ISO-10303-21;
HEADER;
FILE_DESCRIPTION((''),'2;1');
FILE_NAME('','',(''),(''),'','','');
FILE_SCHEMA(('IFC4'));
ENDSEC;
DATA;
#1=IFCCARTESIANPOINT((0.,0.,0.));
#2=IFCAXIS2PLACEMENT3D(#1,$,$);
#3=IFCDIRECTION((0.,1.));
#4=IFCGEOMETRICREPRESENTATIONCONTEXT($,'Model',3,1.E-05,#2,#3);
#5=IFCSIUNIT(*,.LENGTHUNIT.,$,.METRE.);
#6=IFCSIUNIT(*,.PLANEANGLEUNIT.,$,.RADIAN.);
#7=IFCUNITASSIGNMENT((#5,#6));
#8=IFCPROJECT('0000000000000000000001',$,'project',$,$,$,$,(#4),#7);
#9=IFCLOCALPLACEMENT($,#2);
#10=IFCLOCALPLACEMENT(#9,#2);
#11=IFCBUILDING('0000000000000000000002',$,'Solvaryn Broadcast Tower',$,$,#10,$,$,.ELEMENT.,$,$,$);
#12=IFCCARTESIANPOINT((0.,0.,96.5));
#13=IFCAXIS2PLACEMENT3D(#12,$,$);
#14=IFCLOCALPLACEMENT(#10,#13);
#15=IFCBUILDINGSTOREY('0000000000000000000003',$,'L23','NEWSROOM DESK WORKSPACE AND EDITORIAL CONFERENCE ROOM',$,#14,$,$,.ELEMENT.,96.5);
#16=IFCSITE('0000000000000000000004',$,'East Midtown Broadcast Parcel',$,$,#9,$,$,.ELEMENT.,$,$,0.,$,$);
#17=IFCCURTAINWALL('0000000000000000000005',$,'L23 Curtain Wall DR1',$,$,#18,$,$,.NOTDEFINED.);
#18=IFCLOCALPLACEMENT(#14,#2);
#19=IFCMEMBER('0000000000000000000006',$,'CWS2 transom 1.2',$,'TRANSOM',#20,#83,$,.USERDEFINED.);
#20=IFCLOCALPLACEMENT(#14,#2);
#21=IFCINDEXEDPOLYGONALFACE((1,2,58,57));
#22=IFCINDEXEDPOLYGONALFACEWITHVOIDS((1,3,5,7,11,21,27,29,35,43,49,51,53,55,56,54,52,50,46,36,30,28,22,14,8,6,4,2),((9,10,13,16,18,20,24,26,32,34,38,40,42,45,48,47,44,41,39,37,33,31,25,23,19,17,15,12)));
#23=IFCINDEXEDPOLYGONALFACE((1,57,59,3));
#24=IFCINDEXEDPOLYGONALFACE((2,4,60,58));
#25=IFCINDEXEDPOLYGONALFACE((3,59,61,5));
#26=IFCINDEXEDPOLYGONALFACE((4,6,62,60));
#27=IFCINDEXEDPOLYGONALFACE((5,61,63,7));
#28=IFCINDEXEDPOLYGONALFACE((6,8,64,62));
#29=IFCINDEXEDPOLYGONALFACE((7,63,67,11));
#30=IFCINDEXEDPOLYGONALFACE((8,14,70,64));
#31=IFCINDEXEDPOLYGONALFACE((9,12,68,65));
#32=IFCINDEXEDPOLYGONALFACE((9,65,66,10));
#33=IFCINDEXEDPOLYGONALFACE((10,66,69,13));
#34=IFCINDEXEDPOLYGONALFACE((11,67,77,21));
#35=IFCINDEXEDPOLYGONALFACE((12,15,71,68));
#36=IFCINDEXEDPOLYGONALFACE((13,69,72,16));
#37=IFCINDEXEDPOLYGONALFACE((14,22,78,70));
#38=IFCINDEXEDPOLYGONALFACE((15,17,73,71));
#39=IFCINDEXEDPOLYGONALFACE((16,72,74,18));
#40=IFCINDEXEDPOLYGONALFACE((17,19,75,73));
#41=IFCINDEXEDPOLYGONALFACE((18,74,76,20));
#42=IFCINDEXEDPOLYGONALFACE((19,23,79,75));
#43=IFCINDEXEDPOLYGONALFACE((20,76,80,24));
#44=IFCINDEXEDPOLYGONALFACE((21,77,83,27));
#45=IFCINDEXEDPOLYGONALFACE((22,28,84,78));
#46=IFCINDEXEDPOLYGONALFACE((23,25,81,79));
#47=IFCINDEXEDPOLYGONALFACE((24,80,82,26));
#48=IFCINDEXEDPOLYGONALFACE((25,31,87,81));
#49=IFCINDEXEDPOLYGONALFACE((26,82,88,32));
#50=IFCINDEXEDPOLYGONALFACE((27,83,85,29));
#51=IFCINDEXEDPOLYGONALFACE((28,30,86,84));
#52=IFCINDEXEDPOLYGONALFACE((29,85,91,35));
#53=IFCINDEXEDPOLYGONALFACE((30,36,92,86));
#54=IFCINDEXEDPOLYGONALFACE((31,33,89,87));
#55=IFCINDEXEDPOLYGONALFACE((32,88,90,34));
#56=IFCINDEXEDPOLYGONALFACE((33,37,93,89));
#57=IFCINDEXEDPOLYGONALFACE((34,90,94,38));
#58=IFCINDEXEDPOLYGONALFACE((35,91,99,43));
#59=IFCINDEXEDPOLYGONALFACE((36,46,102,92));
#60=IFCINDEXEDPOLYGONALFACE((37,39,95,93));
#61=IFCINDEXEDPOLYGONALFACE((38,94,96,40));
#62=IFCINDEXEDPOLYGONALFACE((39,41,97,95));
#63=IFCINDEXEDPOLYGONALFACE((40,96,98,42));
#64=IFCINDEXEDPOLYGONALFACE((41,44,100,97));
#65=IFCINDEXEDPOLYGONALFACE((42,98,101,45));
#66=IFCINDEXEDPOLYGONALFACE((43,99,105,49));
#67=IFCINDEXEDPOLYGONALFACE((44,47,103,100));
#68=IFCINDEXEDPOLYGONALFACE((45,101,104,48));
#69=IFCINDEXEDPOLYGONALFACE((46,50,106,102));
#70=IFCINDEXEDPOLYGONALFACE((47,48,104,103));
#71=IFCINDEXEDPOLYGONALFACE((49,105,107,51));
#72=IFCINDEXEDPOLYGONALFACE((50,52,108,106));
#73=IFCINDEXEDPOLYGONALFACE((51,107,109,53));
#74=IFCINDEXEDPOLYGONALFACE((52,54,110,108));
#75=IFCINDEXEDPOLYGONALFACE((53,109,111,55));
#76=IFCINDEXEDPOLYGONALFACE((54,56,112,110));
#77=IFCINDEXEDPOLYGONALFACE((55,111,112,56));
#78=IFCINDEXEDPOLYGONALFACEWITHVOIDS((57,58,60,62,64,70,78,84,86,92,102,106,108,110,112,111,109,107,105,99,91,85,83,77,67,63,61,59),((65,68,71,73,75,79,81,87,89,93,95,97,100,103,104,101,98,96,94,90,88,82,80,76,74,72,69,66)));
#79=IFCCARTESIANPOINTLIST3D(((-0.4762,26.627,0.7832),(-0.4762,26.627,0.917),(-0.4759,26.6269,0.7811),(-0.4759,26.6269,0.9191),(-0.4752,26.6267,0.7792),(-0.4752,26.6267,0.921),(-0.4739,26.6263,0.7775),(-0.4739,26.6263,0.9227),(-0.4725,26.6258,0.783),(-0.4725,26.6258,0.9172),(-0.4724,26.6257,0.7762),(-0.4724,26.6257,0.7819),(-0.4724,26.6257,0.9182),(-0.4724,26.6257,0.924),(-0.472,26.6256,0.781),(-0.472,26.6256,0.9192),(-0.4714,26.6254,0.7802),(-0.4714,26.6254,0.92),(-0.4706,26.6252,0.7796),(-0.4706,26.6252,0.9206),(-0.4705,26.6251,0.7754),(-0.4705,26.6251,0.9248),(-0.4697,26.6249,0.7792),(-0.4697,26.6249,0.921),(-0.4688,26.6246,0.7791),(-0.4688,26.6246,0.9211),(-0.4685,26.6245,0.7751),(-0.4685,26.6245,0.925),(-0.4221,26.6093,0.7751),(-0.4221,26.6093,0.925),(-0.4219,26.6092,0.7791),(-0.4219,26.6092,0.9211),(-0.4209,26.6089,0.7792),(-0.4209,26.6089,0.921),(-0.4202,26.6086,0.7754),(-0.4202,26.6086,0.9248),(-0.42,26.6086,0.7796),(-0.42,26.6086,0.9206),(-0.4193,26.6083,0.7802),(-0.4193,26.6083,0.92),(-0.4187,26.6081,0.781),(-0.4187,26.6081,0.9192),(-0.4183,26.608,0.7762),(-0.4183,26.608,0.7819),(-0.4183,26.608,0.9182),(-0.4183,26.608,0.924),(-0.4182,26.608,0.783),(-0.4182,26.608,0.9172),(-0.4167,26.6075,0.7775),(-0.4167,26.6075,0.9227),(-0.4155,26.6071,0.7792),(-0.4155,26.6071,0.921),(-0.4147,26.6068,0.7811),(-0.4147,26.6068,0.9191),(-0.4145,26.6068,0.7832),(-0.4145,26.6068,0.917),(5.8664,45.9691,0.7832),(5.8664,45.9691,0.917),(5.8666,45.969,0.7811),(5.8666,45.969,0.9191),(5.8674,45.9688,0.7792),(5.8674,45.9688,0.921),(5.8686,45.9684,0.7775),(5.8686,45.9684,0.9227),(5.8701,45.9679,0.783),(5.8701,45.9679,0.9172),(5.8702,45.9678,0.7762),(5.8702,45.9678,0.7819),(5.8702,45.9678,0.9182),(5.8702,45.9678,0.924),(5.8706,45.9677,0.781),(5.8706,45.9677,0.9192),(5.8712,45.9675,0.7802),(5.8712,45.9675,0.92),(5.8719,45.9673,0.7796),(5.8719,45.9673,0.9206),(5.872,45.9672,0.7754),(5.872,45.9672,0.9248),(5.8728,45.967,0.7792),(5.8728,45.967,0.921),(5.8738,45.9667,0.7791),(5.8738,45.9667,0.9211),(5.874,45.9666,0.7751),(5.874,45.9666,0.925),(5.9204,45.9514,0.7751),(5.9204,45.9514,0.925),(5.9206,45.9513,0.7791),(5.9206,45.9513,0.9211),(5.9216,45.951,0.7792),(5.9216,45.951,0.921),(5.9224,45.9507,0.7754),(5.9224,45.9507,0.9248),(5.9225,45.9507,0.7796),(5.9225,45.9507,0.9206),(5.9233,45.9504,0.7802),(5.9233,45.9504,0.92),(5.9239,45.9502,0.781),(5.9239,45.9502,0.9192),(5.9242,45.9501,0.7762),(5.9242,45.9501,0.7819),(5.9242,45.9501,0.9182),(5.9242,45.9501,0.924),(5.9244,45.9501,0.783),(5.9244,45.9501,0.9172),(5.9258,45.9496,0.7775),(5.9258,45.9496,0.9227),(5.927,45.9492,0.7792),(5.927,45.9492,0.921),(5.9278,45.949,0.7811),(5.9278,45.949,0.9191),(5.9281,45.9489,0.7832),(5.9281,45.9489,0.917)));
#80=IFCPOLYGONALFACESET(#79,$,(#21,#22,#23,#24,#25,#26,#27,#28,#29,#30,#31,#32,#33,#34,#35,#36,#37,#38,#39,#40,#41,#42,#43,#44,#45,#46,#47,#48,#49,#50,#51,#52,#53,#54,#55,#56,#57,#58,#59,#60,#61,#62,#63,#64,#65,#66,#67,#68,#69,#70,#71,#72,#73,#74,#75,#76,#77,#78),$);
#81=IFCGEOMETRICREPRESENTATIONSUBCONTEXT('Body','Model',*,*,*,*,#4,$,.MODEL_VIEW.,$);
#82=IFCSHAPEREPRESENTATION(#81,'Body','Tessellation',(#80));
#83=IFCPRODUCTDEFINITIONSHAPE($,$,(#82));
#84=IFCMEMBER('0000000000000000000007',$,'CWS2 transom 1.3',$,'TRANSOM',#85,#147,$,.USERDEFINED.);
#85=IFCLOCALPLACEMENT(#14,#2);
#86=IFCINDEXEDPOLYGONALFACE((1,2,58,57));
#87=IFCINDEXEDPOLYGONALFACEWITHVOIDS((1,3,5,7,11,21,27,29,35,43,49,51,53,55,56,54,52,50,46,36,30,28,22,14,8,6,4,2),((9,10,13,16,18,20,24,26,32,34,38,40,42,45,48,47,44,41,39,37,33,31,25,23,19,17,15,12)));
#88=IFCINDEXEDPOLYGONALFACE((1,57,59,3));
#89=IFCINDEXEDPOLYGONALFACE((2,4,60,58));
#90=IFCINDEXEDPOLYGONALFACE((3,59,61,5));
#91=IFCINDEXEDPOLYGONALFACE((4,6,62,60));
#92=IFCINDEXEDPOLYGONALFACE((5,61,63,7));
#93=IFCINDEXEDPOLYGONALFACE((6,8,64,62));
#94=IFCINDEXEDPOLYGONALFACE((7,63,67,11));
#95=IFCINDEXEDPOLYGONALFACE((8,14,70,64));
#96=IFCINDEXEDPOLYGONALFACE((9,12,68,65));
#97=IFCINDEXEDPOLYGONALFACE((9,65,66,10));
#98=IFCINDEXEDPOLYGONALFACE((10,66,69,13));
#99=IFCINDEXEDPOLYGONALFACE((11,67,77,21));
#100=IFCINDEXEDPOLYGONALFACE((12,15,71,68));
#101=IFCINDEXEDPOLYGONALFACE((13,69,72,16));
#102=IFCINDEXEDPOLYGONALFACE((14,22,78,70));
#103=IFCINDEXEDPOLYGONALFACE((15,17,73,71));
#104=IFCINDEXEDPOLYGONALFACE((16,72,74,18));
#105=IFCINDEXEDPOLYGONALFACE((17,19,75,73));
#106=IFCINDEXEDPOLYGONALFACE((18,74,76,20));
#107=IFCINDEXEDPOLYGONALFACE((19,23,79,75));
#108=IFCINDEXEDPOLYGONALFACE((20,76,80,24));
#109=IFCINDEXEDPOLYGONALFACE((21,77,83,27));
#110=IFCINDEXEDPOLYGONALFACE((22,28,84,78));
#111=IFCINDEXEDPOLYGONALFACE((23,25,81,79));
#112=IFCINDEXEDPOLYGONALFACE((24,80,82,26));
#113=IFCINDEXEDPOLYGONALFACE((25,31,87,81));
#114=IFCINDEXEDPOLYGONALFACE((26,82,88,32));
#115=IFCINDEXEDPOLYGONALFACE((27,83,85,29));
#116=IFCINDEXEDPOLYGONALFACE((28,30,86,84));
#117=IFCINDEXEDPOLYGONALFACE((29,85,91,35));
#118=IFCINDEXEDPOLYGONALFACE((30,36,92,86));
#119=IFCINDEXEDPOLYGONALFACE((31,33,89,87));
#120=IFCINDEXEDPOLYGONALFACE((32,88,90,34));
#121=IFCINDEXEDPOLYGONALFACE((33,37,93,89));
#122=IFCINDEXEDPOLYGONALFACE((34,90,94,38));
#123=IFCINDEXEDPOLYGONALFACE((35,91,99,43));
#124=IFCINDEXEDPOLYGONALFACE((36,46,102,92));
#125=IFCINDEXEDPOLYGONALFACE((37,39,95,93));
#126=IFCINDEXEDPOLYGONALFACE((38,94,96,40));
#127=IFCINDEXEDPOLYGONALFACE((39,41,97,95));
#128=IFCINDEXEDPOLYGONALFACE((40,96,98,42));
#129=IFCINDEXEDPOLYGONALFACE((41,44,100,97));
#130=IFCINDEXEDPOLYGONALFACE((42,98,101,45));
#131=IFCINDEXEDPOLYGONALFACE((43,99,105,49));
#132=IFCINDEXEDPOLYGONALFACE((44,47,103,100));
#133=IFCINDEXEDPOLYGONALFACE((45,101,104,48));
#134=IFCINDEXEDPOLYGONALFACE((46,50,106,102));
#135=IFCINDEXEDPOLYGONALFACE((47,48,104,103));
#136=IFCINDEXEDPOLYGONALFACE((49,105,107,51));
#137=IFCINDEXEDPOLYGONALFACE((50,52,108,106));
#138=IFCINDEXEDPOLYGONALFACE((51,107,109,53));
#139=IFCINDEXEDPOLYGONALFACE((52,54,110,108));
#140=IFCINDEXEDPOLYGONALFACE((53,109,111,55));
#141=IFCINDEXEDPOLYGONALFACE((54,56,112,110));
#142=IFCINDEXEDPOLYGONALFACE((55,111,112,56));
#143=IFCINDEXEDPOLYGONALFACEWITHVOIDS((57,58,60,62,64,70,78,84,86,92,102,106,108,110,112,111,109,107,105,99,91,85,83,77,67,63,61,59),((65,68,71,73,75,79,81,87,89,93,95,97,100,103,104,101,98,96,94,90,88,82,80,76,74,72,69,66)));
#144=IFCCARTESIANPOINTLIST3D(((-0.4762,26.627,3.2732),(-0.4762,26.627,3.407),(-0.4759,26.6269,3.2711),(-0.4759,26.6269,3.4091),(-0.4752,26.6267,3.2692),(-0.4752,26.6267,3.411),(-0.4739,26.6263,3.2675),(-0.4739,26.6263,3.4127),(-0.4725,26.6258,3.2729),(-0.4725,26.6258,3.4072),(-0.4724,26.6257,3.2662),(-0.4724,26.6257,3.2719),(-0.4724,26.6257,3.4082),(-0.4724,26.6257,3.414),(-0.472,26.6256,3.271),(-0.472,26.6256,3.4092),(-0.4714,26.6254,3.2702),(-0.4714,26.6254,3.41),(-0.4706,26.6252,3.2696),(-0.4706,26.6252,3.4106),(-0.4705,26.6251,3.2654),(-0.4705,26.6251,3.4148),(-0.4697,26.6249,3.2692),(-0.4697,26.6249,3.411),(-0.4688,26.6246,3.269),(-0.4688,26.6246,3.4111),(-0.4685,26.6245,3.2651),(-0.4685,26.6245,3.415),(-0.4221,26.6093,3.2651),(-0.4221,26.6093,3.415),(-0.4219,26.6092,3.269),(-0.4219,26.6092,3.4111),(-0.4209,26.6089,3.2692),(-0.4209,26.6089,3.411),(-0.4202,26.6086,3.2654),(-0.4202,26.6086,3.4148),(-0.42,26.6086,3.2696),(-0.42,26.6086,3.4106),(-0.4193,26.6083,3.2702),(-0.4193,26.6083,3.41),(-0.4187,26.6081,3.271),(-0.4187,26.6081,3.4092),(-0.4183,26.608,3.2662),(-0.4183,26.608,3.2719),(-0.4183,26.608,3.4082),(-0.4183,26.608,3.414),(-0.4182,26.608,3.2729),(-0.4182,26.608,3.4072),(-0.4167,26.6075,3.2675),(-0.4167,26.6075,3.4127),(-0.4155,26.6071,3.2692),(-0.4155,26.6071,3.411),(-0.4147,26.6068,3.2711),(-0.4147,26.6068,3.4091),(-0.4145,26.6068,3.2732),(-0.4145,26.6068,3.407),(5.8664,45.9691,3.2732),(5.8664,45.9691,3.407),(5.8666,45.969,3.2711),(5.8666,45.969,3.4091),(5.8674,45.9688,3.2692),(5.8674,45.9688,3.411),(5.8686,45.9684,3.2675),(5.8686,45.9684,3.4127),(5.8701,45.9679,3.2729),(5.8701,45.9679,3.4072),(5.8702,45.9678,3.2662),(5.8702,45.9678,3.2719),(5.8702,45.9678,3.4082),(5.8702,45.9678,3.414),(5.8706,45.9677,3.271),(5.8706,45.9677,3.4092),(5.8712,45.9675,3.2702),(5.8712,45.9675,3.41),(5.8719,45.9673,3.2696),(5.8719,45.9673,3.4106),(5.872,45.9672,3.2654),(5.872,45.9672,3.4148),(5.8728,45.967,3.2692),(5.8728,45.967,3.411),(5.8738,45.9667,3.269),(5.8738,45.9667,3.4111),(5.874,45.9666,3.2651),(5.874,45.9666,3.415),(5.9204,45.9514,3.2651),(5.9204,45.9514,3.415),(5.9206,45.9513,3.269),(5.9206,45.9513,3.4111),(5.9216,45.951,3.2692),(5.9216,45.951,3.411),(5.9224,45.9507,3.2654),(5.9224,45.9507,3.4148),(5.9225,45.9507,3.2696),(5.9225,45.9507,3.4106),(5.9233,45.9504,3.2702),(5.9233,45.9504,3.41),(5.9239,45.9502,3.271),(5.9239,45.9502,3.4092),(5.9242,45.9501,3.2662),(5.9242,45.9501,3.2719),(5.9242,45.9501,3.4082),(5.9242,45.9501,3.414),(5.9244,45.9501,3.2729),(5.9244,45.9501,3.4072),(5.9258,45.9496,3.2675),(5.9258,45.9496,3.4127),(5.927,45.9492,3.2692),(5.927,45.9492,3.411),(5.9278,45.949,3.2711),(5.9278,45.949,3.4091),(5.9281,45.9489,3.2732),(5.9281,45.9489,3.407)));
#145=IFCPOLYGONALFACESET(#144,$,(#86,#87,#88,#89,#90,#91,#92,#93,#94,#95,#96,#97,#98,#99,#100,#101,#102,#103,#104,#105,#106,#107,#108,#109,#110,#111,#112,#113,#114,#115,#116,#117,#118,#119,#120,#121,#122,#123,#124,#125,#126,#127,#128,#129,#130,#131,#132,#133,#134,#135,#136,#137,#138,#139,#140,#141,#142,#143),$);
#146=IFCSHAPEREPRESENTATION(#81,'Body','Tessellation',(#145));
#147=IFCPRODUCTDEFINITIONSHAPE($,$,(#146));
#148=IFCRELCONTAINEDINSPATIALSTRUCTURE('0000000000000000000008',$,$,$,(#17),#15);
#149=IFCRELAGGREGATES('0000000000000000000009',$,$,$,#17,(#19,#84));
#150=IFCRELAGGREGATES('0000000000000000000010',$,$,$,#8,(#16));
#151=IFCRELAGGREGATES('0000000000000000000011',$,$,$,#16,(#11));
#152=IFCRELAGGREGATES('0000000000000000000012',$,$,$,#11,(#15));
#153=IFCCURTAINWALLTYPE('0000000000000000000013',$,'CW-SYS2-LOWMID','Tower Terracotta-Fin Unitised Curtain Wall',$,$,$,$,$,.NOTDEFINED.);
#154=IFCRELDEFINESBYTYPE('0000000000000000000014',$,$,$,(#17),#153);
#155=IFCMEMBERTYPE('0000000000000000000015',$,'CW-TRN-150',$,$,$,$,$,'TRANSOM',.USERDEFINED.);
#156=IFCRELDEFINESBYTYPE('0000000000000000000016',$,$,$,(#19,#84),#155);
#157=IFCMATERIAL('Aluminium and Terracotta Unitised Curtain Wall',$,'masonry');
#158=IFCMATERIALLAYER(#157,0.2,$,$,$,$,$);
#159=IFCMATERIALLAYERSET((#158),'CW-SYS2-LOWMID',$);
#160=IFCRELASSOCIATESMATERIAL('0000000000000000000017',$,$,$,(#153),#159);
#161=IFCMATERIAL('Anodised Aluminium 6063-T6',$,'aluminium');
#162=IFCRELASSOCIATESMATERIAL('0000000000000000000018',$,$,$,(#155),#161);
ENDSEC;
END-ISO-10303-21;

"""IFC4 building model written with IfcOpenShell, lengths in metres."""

from ifc_helpers import new_model, si_unit, direction, frame, origin, origin_2d, place, context, subcontext, project, spatial, hollow_rectangle, extrude, material, layer, layer_set, material_profile, profile_set, type_object, element, aggregate, save


model = new_model("IFC4")

# Units and contexts
model_context = context("Model", 3, precision=1e-05, world=origin(), true_north=direction((0.0, 1.0)))
body_context = subcontext(model_context, "Body", "Model", "MODEL_VIEW")
ifc_project = project(units=[si_unit("LENGTHUNIT", "METRE"), si_unit("PLANEANGLEUNIT", "RADIAN")], contexts=[model_context])

# Site, building, storey
site_placement = place(None, origin())
site = spatial("IfcSite", under=ifc_project, at=site_placement, Name="East Midtown Broadcast Parcel", CompositionType="ELEMENT", RefElevation=0.0)
building_placement = place(site_placement, origin())
building = spatial("IfcBuilding", under=site, at=building_placement, Name="Solvaryn Broadcast Tower", CompositionType="ELEMENT")
storey_placement = place(building_placement, frame((0.0, 0.0, 96.5)))
storey = spatial("IfcBuildingStorey", under=building, at=storey_placement, Name="L23", Description="NEWSROOM DESK WORKSPACE AND EDITORIAL CONFERENCE ROOM", CompositionType="ELEMENT", Elevation=96.5)

# Curtain wall
ifc_material_1 = material(Name="Aluminium and Terracotta Unitised Curtain Wall", Category="masonry")
ifc_layer_1 = layer(ifc_material_1, 0.2)
ifc_layer_set_1 = layer_set([ifc_layer_1], Name="CW-SYS2-LOWMID")
curtain_wall_type = type_object("IfcCurtainWallType", Name="CW-SYS2-LOWMID", Description="Tower Terracotta-Fin Unitised Curtain Wall", PredefinedType="NOTDEFINED", material=ifc_layer_set_1)
curtain_wall_1_placement = place(storey_placement, origin())
curtain_wall_1 = element("IfcCurtainWall", 1, at=curtain_wall_1_placement, inside=storey, type_object=curtain_wall_type, Name="L23 Curtain Wall DR1", PredefinedType="NOTDEFINED")

# Members
ifc_material_2 = material(Name="Anodised Aluminium 6063-T6", Category="aluminium")
ifc_material_profile_1 = material_profile(ifc_material_2, hollow_rectangle(XDim=0.0649, YDim=0.1499, WallThickness=0.0039, InnerFilletRadius=0.0039, OuterFilletRadius=0.0081, at=origin_2d()))
ifc_profile_set_1 = profile_set([ifc_material_profile_1], Name="Anodised Aluminium 6063-T6")
member_type_1 = type_object("IfcMemberType", Name="CW-TRN-150", ElementType="TRANSOM", PredefinedType="USERDEFINED", material=ifc_profile_set_1)
member_1_placement = place(storey_placement, frame((5.8972, 45.959, 0.8501), z_axis=(-0.31159, -0.950217, 0.0), x_axis=(0.950217, -0.31159, 0.0)))
member_1 = element("IfcMember", 2, at=member_1_placement, type_object=member_type_1, Name="CWS2 transom 1.2", ObjectType="TRANSOM", PredefinedType="USERDEFINED", context=body_context, shape_type="SweptSolid", body=[
    extrude(hollow_rectangle(XDim=0.0649, YDim=0.1499, WallThickness=0.0039, InnerFilletRadius=0.0039, OuterFilletRadius=0.0081, at=origin_2d()), origin(), (0.0, 0.0, 1.0), 20.3555),
])
member_2_placement = place(storey_placement, frame((5.8972, 45.959, 3.3401), z_axis=(-0.31159, -0.950217, 0.0), x_axis=(0.950217, -0.31159, 0.0)))
member_2 = element("IfcMember", 3, at=member_2_placement, type_object=member_type_1, Name="CWS2 transom 1.3", ObjectType="TRANSOM", PredefinedType="USERDEFINED", context=body_context, shape_type="SweptSolid", body=[
    extrude(hollow_rectangle(XDim=0.0649, YDim=0.1499, WallThickness=0.0039, InnerFilletRadius=0.0039, OuterFilletRadius=0.0081, at=origin_2d()), origin(), (0.0, 0.0, 1.0), 20.3555),
])
aggregate(curtain_wall_1, [member_1, member_2])

save(model, "model.ifc")
